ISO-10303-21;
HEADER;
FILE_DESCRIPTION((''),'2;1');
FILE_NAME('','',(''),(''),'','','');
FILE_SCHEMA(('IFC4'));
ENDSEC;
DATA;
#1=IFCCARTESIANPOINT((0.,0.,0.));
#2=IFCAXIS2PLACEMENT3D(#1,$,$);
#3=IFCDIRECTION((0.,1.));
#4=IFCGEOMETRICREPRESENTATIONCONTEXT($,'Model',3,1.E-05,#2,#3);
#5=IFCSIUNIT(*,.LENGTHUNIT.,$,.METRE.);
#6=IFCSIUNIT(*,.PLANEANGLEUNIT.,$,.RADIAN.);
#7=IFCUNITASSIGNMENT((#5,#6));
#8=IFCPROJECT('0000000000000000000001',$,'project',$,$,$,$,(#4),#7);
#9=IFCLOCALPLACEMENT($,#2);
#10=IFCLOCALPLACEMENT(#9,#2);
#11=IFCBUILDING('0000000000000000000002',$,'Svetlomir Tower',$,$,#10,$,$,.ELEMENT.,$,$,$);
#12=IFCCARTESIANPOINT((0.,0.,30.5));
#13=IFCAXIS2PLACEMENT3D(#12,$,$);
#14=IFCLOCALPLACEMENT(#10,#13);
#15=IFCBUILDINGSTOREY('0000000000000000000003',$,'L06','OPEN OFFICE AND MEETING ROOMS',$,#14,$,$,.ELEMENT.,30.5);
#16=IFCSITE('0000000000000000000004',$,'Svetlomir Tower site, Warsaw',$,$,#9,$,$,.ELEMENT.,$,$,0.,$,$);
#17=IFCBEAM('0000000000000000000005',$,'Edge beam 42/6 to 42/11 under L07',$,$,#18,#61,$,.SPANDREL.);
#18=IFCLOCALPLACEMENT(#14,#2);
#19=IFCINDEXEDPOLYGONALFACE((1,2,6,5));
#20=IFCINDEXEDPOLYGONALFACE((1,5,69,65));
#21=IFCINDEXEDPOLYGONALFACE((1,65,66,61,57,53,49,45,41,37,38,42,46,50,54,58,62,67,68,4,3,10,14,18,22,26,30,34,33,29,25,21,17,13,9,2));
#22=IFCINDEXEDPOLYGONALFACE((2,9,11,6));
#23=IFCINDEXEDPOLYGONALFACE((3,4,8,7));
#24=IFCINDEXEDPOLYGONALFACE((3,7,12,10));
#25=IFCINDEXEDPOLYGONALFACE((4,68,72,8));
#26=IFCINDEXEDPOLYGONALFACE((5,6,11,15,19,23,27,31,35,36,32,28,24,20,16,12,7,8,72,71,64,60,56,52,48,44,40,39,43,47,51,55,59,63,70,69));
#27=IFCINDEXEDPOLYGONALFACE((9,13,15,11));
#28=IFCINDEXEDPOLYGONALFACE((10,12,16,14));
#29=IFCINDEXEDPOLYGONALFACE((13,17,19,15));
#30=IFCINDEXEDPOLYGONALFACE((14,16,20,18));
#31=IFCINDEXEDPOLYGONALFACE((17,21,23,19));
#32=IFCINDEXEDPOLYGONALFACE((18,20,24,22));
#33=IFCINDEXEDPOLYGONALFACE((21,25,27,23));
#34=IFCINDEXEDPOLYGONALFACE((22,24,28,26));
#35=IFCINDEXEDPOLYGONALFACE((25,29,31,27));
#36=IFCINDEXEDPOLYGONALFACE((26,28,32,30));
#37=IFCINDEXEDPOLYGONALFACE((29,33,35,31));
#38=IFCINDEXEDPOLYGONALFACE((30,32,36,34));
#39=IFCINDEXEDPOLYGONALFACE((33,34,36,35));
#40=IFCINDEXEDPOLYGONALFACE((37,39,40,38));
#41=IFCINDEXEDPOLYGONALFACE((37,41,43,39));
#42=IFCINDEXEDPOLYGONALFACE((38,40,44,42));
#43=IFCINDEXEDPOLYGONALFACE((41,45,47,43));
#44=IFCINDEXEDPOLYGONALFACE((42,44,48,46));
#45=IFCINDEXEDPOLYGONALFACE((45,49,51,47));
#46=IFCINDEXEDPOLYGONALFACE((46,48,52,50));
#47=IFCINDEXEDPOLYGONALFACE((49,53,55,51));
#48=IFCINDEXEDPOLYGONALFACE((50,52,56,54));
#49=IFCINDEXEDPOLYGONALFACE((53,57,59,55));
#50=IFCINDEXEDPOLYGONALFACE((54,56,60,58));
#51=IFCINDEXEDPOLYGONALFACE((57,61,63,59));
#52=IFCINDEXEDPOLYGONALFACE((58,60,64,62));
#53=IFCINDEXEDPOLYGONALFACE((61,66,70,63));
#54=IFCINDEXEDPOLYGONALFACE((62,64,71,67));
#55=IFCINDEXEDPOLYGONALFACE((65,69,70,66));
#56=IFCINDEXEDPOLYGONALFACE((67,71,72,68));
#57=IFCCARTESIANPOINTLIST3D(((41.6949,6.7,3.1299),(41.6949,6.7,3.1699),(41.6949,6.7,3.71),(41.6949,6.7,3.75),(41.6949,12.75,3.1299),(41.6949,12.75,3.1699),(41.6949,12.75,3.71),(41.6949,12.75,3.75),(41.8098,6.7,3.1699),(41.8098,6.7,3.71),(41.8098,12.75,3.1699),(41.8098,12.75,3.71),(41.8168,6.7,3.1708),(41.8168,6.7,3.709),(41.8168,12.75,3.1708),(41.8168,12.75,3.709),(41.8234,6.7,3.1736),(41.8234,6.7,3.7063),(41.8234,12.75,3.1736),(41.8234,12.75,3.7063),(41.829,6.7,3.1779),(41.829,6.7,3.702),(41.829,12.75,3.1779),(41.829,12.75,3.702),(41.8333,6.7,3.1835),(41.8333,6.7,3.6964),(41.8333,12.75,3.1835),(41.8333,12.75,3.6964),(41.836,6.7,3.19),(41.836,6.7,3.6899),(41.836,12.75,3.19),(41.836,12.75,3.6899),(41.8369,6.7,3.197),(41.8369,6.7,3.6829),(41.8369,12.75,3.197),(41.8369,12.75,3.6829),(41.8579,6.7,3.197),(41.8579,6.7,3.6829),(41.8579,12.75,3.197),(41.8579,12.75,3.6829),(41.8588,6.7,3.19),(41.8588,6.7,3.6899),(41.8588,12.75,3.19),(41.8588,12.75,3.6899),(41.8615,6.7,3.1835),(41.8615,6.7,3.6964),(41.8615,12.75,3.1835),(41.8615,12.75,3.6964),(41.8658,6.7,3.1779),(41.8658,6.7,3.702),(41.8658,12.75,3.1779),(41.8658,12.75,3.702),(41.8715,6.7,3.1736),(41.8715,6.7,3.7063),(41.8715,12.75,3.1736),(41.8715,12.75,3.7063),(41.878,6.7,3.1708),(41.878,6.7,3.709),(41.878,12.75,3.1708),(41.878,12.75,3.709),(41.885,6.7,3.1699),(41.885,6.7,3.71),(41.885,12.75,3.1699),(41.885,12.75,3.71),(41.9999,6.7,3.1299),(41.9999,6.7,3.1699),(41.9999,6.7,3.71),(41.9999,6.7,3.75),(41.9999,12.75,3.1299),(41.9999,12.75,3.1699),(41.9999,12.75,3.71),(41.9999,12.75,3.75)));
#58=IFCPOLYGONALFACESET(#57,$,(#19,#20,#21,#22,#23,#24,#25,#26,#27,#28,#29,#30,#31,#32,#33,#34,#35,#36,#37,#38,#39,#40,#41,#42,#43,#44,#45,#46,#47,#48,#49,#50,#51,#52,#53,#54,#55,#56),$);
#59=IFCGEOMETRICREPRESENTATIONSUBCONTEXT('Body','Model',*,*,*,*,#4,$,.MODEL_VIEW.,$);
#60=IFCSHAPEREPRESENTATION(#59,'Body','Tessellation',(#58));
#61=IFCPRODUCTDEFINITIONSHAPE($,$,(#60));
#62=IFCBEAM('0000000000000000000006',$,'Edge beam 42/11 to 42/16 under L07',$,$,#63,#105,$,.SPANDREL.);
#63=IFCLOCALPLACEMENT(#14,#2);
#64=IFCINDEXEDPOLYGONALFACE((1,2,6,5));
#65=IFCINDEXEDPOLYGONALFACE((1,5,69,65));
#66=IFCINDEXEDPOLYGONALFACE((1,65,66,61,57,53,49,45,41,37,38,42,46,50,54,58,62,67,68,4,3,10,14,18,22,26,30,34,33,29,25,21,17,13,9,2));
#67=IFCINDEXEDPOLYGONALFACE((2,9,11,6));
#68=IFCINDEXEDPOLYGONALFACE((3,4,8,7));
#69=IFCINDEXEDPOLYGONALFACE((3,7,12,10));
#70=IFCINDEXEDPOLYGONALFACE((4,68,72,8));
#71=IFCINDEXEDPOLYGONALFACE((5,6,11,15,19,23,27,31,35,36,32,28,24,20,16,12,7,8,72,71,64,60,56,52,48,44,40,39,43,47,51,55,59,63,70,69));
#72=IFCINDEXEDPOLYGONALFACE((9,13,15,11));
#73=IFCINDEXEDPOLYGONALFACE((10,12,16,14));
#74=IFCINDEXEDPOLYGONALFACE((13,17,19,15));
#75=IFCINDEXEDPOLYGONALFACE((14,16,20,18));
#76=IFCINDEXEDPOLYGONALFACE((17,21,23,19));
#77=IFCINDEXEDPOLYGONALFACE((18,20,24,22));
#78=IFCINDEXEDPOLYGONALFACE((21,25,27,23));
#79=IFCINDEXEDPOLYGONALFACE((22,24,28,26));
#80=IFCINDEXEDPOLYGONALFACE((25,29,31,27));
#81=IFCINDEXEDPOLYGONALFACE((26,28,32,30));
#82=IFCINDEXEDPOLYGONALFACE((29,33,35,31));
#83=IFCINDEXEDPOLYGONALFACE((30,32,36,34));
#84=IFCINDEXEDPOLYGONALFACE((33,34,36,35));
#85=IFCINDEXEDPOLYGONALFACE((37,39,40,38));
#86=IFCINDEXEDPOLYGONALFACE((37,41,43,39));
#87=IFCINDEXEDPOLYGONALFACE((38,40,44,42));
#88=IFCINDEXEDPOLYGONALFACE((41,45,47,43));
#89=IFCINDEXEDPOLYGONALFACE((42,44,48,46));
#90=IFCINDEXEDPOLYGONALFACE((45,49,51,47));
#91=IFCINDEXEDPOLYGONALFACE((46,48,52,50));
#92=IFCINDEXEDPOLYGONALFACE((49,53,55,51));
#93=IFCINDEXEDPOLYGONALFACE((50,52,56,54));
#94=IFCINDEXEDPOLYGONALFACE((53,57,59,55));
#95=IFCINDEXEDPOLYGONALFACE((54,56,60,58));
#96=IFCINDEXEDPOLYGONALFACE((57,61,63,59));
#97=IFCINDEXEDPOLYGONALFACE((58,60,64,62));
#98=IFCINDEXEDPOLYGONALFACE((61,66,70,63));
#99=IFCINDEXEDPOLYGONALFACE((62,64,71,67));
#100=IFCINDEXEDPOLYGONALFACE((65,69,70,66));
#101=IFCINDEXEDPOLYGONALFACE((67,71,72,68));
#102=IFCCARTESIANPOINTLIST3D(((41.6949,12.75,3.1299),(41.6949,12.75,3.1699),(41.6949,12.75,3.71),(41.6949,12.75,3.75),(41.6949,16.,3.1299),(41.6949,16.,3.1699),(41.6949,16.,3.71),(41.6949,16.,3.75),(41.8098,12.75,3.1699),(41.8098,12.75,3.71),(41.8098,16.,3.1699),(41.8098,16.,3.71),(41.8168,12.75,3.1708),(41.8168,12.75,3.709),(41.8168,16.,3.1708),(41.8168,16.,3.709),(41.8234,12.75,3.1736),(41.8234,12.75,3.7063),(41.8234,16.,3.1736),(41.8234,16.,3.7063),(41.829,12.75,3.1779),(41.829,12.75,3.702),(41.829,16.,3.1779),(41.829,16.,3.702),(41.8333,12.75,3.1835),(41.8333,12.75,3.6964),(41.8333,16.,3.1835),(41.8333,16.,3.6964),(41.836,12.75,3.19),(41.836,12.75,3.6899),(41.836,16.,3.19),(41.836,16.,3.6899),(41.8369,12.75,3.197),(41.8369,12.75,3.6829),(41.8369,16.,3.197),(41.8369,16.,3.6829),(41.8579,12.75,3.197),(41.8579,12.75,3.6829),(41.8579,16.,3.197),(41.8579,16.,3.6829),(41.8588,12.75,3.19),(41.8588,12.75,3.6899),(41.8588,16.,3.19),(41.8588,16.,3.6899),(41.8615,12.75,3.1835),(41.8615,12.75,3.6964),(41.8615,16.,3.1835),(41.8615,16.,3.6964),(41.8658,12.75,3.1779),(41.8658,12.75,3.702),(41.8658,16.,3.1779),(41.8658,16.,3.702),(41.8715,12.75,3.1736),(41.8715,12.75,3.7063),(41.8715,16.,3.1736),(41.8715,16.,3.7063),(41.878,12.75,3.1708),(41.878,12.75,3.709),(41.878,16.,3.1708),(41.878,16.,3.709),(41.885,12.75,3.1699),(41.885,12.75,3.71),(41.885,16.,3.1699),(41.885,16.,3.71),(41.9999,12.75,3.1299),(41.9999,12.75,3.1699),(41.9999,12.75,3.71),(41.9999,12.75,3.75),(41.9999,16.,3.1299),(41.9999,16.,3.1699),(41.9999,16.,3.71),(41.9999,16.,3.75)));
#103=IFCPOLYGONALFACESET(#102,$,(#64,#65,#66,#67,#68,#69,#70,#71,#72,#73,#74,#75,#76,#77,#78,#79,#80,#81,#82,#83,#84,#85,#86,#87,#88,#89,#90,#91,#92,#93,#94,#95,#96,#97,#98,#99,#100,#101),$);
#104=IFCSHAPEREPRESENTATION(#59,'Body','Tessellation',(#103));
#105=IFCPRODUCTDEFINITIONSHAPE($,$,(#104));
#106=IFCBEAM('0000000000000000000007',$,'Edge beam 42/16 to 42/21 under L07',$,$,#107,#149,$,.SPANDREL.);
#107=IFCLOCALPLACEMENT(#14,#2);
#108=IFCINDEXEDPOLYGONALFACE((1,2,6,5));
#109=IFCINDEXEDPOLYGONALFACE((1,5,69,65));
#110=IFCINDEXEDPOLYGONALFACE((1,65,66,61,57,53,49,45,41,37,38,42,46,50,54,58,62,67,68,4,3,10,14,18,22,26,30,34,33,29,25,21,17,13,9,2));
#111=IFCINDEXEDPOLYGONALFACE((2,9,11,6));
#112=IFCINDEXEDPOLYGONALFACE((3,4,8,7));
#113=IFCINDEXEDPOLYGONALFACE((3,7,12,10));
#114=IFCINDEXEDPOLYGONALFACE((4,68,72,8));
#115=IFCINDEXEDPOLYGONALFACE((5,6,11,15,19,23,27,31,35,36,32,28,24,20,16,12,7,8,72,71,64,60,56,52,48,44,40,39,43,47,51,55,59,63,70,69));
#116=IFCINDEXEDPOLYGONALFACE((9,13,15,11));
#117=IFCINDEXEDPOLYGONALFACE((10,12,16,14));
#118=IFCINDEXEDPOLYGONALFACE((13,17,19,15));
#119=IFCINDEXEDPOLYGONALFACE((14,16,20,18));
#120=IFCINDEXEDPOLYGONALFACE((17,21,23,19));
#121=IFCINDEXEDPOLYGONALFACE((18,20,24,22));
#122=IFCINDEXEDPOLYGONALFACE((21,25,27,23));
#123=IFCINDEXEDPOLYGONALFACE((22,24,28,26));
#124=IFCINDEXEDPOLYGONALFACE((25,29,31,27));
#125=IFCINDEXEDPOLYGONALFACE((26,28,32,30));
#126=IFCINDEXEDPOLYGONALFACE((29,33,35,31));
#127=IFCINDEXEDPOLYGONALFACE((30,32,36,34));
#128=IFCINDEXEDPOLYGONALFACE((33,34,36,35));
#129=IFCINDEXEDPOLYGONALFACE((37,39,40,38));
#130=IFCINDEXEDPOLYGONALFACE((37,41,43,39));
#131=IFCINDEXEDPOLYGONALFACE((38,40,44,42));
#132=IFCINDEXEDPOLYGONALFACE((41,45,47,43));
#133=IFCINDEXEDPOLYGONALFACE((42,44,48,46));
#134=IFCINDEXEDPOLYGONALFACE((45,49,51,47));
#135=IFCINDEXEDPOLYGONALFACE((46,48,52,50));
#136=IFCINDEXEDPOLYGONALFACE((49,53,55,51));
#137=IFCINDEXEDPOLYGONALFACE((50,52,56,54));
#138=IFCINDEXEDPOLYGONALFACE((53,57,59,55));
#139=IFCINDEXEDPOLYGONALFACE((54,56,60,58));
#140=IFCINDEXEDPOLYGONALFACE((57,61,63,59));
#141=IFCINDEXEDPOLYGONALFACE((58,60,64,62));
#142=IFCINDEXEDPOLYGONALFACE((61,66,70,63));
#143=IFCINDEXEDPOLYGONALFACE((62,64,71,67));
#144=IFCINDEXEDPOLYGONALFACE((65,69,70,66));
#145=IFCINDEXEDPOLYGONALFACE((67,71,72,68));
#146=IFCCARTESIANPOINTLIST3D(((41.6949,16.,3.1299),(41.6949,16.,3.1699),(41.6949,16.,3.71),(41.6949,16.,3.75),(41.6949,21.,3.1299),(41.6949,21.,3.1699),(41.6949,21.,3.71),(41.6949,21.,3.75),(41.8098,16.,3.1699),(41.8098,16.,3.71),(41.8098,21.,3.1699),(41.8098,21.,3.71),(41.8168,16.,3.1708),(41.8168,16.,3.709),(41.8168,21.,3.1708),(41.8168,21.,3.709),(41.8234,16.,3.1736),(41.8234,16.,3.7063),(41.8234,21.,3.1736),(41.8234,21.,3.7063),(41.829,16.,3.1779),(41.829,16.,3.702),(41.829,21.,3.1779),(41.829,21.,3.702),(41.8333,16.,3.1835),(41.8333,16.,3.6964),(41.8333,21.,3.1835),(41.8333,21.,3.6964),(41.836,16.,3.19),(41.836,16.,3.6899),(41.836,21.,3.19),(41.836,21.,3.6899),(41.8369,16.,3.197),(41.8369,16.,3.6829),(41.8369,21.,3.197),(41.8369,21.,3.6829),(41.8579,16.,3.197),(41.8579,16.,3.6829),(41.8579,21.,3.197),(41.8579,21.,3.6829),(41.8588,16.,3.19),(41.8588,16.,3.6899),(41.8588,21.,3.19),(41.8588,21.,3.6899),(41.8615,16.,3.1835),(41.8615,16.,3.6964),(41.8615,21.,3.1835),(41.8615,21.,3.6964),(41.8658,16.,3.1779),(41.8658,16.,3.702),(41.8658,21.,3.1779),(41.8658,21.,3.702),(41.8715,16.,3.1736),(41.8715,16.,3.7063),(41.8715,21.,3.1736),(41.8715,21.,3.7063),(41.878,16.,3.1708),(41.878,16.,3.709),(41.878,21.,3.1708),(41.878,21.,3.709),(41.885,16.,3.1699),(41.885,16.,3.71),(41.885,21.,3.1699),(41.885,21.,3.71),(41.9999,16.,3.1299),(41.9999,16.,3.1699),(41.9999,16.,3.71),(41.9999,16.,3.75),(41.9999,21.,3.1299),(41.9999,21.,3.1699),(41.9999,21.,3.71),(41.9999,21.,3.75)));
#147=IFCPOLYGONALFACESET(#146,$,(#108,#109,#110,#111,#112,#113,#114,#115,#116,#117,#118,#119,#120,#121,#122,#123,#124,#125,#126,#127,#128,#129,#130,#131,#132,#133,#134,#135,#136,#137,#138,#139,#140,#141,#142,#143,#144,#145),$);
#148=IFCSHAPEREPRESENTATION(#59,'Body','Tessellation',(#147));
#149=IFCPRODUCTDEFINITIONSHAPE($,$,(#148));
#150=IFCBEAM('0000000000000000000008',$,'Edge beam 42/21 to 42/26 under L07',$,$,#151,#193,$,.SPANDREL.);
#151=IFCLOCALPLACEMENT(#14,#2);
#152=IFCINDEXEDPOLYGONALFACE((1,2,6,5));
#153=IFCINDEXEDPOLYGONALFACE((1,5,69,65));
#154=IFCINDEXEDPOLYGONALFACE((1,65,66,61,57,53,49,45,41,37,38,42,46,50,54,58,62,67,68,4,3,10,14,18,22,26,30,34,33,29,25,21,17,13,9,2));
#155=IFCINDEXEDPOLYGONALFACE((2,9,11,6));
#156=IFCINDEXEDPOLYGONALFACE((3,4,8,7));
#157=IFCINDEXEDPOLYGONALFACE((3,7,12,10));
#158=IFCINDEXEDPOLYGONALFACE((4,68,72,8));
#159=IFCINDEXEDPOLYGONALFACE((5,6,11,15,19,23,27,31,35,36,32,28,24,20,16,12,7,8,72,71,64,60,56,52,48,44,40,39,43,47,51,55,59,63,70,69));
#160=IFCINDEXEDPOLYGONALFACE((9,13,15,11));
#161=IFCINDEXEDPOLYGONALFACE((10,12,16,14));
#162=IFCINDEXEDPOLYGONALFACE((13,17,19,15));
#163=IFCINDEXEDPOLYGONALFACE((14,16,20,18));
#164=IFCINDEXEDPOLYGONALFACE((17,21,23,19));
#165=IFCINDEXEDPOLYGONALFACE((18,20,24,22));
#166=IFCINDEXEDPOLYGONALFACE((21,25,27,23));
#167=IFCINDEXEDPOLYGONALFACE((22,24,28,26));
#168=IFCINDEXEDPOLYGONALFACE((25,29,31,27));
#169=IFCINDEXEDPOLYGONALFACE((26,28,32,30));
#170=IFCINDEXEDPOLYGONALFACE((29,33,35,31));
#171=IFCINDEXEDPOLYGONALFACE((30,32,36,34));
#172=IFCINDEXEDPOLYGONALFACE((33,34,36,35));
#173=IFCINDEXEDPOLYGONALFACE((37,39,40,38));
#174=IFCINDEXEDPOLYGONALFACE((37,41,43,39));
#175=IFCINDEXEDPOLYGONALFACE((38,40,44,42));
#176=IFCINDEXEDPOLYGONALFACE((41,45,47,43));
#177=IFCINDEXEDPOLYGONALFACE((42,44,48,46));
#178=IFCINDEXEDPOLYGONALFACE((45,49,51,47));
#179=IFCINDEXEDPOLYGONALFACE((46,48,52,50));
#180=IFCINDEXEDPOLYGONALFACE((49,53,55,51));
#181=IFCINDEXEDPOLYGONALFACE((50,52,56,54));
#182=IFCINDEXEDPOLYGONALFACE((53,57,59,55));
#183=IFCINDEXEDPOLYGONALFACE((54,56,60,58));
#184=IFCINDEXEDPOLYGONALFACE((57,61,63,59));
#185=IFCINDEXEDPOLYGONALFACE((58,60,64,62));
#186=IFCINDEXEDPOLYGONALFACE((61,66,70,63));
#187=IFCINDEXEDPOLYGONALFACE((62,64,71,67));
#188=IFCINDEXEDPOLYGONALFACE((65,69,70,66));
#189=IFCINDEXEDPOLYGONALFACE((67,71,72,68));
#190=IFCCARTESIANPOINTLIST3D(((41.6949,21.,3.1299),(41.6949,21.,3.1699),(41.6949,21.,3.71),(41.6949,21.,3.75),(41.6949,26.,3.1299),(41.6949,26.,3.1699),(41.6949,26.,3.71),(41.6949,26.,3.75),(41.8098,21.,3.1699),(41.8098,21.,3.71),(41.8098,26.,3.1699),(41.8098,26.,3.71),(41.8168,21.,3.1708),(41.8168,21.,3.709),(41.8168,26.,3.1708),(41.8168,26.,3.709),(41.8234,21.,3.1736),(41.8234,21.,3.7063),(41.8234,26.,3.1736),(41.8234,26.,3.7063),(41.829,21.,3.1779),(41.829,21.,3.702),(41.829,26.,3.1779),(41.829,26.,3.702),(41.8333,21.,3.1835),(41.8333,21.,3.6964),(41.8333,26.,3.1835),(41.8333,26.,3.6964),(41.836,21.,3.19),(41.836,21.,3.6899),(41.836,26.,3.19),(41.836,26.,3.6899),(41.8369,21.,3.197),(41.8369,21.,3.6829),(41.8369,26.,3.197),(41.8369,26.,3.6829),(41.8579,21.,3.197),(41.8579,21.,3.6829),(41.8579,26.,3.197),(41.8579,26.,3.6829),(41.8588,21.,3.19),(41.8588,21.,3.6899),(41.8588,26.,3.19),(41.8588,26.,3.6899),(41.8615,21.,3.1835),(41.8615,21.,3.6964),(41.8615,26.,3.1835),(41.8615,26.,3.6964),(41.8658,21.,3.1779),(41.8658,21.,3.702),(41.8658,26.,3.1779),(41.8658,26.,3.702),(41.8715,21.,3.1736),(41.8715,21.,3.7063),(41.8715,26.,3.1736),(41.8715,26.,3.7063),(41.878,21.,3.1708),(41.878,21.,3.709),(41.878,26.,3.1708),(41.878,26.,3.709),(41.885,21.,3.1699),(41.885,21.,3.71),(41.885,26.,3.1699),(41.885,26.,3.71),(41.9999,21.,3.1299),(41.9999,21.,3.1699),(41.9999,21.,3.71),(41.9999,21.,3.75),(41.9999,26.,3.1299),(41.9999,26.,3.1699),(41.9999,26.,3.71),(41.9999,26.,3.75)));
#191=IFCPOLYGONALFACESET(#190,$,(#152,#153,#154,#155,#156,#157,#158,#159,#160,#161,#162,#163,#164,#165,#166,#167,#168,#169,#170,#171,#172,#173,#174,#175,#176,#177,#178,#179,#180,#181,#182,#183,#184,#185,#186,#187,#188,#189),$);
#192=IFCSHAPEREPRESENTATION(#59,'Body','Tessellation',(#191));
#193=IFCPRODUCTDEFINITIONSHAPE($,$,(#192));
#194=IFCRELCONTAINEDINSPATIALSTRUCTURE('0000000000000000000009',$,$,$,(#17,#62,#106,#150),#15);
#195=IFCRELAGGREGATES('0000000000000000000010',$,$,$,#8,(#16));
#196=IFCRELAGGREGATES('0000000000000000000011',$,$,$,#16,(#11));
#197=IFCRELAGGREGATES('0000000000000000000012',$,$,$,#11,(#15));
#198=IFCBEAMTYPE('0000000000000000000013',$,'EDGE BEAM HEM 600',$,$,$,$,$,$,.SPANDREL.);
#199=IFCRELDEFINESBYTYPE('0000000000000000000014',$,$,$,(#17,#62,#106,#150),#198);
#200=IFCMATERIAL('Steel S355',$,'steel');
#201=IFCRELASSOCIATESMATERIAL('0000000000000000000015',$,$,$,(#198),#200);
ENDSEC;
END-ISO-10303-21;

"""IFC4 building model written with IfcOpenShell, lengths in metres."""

from ifc_helpers import new_model, si_unit, direction, frame, origin, origin_2d, place, context, subcontext, project, spatial, i_section, extrude, material, material_profile, profile_set, type_object, element, save


model = new_model("IFC4")

# Units and contexts
model_context = context("Model", 3, precision=1e-05, world=origin(), true_north=direction((0.0, 1.0)))
body_context = subcontext(model_context, "Body", "Model", "MODEL_VIEW")
ifc_project = project(units=[si_unit("LENGTHUNIT", "METRE"), si_unit("PLANEANGLEUNIT", "RADIAN")], contexts=[model_context])

# Site, building, storey
site_placement = place(None, origin())
site = spatial("IfcSite", under=ifc_project, at=site_placement, Name="Svetlomir Tower site, Warsaw", CompositionType="ELEMENT", RefElevation=0.0)
building_placement = place(site_placement, origin())
building = spatial("IfcBuilding", under=site, at=building_placement, Name="Svetlomir Tower", CompositionType="ELEMENT")
storey_placement = place(building_placement, frame((0.0, 0.0, 30.5)))
storey = spatial("IfcBuildingStorey", under=building, at=storey_placement, Name="L06", Description="OPEN OFFICE AND MEETING ROOMS", CompositionType="ELEMENT", Elevation=30.5)

# Beams
ifc_material_1 = material(Name="Steel S355", Category="steel")
ifc_material_profile_1 = material_profile(ifc_material_1, i_section(OverallWidth=0.3049, OverallDepth=0.6201, WebThickness=0.021, FlangeThickness=0.04, FilletRadius=0.0271, at=origin_2d()), Name="HEM 600")
ifc_profile_set_1 = profile_set([ifc_material_profile_1], Name="Steel S355")
beam_type = type_object("IfcBeamType", Name="EDGE BEAM HEM 600", PredefinedType="SPANDREL", material=ifc_profile_set_1)
beam_1_placement = place(storey_placement, frame((41.8474, 6.7, 3.4399), z_axis=(0.0, 1.0, 0.0), x_axis=(-1.0, 0.0, 0.0)))
element("IfcBeam", 1, at=beam_1_placement, inside=storey, type_object=beam_type, Name="Edge beam 42/6 to 42/11 under L07", PredefinedType="SPANDREL", context=body_context, shape_type="SweptSolid", body=[
    extrude(i_section(OverallWidth=0.3049, OverallDepth=0.6201, WebThickness=0.021, FlangeThickness=0.04, FilletRadius=0.0271, at=origin_2d()), origin(), (0.0, 0.0, 1.0), 6.05),
])
beam_2_placement = place(storey_placement, frame((41.8474, 12.75, 3.4399), z_axis=(0.0, 1.0, 0.0), x_axis=(-1.0, 0.0, 0.0)))
element("IfcBeam", 2, at=beam_2_placement, inside=storey, type_object=beam_type, Name="Edge beam 42/11 to 42/16 under L07", PredefinedType="SPANDREL", context=body_context, shape_type="SweptSolid", body=[
    extrude(i_section(OverallWidth=0.3049, OverallDepth=0.6201, WebThickness=0.021, FlangeThickness=0.04, FilletRadius=0.0271, at=origin_2d()), origin(), (0.0, 0.0, 1.0), 3.25),
])
for number, where, z_axis, x_axis, name in (
    (3, (41.8474, 16.0, 3.4399), (0.0, 1.0, 0.0), (-1.0, 0.0, 0.0), "Edge beam 42/16 to 42/21 under L07"),
    (4, (41.8474, 21.0, 3.4399), (0.0, 1.0, 0.0), (-1.0, 0.0, 0.0), "Edge beam 42/21 to 42/26 under L07"),
):
    element("IfcBeam", number, at=place(storey_placement, frame(where, z_axis=z_axis, x_axis=x_axis)), inside=storey, type_object=beam_type, Name=name, PredefinedType="SPANDREL", context=body_context, shape_type="SweptSolid", body=[
        extrude(i_section(OverallWidth=0.3049, OverallDepth=0.6201, WebThickness=0.021, FlangeThickness=0.04, FilletRadius=0.0271, at=origin_2d()), origin(), (0.0, 0.0, 1.0), 5.0),
    ])

save(model, "model.ifc")
